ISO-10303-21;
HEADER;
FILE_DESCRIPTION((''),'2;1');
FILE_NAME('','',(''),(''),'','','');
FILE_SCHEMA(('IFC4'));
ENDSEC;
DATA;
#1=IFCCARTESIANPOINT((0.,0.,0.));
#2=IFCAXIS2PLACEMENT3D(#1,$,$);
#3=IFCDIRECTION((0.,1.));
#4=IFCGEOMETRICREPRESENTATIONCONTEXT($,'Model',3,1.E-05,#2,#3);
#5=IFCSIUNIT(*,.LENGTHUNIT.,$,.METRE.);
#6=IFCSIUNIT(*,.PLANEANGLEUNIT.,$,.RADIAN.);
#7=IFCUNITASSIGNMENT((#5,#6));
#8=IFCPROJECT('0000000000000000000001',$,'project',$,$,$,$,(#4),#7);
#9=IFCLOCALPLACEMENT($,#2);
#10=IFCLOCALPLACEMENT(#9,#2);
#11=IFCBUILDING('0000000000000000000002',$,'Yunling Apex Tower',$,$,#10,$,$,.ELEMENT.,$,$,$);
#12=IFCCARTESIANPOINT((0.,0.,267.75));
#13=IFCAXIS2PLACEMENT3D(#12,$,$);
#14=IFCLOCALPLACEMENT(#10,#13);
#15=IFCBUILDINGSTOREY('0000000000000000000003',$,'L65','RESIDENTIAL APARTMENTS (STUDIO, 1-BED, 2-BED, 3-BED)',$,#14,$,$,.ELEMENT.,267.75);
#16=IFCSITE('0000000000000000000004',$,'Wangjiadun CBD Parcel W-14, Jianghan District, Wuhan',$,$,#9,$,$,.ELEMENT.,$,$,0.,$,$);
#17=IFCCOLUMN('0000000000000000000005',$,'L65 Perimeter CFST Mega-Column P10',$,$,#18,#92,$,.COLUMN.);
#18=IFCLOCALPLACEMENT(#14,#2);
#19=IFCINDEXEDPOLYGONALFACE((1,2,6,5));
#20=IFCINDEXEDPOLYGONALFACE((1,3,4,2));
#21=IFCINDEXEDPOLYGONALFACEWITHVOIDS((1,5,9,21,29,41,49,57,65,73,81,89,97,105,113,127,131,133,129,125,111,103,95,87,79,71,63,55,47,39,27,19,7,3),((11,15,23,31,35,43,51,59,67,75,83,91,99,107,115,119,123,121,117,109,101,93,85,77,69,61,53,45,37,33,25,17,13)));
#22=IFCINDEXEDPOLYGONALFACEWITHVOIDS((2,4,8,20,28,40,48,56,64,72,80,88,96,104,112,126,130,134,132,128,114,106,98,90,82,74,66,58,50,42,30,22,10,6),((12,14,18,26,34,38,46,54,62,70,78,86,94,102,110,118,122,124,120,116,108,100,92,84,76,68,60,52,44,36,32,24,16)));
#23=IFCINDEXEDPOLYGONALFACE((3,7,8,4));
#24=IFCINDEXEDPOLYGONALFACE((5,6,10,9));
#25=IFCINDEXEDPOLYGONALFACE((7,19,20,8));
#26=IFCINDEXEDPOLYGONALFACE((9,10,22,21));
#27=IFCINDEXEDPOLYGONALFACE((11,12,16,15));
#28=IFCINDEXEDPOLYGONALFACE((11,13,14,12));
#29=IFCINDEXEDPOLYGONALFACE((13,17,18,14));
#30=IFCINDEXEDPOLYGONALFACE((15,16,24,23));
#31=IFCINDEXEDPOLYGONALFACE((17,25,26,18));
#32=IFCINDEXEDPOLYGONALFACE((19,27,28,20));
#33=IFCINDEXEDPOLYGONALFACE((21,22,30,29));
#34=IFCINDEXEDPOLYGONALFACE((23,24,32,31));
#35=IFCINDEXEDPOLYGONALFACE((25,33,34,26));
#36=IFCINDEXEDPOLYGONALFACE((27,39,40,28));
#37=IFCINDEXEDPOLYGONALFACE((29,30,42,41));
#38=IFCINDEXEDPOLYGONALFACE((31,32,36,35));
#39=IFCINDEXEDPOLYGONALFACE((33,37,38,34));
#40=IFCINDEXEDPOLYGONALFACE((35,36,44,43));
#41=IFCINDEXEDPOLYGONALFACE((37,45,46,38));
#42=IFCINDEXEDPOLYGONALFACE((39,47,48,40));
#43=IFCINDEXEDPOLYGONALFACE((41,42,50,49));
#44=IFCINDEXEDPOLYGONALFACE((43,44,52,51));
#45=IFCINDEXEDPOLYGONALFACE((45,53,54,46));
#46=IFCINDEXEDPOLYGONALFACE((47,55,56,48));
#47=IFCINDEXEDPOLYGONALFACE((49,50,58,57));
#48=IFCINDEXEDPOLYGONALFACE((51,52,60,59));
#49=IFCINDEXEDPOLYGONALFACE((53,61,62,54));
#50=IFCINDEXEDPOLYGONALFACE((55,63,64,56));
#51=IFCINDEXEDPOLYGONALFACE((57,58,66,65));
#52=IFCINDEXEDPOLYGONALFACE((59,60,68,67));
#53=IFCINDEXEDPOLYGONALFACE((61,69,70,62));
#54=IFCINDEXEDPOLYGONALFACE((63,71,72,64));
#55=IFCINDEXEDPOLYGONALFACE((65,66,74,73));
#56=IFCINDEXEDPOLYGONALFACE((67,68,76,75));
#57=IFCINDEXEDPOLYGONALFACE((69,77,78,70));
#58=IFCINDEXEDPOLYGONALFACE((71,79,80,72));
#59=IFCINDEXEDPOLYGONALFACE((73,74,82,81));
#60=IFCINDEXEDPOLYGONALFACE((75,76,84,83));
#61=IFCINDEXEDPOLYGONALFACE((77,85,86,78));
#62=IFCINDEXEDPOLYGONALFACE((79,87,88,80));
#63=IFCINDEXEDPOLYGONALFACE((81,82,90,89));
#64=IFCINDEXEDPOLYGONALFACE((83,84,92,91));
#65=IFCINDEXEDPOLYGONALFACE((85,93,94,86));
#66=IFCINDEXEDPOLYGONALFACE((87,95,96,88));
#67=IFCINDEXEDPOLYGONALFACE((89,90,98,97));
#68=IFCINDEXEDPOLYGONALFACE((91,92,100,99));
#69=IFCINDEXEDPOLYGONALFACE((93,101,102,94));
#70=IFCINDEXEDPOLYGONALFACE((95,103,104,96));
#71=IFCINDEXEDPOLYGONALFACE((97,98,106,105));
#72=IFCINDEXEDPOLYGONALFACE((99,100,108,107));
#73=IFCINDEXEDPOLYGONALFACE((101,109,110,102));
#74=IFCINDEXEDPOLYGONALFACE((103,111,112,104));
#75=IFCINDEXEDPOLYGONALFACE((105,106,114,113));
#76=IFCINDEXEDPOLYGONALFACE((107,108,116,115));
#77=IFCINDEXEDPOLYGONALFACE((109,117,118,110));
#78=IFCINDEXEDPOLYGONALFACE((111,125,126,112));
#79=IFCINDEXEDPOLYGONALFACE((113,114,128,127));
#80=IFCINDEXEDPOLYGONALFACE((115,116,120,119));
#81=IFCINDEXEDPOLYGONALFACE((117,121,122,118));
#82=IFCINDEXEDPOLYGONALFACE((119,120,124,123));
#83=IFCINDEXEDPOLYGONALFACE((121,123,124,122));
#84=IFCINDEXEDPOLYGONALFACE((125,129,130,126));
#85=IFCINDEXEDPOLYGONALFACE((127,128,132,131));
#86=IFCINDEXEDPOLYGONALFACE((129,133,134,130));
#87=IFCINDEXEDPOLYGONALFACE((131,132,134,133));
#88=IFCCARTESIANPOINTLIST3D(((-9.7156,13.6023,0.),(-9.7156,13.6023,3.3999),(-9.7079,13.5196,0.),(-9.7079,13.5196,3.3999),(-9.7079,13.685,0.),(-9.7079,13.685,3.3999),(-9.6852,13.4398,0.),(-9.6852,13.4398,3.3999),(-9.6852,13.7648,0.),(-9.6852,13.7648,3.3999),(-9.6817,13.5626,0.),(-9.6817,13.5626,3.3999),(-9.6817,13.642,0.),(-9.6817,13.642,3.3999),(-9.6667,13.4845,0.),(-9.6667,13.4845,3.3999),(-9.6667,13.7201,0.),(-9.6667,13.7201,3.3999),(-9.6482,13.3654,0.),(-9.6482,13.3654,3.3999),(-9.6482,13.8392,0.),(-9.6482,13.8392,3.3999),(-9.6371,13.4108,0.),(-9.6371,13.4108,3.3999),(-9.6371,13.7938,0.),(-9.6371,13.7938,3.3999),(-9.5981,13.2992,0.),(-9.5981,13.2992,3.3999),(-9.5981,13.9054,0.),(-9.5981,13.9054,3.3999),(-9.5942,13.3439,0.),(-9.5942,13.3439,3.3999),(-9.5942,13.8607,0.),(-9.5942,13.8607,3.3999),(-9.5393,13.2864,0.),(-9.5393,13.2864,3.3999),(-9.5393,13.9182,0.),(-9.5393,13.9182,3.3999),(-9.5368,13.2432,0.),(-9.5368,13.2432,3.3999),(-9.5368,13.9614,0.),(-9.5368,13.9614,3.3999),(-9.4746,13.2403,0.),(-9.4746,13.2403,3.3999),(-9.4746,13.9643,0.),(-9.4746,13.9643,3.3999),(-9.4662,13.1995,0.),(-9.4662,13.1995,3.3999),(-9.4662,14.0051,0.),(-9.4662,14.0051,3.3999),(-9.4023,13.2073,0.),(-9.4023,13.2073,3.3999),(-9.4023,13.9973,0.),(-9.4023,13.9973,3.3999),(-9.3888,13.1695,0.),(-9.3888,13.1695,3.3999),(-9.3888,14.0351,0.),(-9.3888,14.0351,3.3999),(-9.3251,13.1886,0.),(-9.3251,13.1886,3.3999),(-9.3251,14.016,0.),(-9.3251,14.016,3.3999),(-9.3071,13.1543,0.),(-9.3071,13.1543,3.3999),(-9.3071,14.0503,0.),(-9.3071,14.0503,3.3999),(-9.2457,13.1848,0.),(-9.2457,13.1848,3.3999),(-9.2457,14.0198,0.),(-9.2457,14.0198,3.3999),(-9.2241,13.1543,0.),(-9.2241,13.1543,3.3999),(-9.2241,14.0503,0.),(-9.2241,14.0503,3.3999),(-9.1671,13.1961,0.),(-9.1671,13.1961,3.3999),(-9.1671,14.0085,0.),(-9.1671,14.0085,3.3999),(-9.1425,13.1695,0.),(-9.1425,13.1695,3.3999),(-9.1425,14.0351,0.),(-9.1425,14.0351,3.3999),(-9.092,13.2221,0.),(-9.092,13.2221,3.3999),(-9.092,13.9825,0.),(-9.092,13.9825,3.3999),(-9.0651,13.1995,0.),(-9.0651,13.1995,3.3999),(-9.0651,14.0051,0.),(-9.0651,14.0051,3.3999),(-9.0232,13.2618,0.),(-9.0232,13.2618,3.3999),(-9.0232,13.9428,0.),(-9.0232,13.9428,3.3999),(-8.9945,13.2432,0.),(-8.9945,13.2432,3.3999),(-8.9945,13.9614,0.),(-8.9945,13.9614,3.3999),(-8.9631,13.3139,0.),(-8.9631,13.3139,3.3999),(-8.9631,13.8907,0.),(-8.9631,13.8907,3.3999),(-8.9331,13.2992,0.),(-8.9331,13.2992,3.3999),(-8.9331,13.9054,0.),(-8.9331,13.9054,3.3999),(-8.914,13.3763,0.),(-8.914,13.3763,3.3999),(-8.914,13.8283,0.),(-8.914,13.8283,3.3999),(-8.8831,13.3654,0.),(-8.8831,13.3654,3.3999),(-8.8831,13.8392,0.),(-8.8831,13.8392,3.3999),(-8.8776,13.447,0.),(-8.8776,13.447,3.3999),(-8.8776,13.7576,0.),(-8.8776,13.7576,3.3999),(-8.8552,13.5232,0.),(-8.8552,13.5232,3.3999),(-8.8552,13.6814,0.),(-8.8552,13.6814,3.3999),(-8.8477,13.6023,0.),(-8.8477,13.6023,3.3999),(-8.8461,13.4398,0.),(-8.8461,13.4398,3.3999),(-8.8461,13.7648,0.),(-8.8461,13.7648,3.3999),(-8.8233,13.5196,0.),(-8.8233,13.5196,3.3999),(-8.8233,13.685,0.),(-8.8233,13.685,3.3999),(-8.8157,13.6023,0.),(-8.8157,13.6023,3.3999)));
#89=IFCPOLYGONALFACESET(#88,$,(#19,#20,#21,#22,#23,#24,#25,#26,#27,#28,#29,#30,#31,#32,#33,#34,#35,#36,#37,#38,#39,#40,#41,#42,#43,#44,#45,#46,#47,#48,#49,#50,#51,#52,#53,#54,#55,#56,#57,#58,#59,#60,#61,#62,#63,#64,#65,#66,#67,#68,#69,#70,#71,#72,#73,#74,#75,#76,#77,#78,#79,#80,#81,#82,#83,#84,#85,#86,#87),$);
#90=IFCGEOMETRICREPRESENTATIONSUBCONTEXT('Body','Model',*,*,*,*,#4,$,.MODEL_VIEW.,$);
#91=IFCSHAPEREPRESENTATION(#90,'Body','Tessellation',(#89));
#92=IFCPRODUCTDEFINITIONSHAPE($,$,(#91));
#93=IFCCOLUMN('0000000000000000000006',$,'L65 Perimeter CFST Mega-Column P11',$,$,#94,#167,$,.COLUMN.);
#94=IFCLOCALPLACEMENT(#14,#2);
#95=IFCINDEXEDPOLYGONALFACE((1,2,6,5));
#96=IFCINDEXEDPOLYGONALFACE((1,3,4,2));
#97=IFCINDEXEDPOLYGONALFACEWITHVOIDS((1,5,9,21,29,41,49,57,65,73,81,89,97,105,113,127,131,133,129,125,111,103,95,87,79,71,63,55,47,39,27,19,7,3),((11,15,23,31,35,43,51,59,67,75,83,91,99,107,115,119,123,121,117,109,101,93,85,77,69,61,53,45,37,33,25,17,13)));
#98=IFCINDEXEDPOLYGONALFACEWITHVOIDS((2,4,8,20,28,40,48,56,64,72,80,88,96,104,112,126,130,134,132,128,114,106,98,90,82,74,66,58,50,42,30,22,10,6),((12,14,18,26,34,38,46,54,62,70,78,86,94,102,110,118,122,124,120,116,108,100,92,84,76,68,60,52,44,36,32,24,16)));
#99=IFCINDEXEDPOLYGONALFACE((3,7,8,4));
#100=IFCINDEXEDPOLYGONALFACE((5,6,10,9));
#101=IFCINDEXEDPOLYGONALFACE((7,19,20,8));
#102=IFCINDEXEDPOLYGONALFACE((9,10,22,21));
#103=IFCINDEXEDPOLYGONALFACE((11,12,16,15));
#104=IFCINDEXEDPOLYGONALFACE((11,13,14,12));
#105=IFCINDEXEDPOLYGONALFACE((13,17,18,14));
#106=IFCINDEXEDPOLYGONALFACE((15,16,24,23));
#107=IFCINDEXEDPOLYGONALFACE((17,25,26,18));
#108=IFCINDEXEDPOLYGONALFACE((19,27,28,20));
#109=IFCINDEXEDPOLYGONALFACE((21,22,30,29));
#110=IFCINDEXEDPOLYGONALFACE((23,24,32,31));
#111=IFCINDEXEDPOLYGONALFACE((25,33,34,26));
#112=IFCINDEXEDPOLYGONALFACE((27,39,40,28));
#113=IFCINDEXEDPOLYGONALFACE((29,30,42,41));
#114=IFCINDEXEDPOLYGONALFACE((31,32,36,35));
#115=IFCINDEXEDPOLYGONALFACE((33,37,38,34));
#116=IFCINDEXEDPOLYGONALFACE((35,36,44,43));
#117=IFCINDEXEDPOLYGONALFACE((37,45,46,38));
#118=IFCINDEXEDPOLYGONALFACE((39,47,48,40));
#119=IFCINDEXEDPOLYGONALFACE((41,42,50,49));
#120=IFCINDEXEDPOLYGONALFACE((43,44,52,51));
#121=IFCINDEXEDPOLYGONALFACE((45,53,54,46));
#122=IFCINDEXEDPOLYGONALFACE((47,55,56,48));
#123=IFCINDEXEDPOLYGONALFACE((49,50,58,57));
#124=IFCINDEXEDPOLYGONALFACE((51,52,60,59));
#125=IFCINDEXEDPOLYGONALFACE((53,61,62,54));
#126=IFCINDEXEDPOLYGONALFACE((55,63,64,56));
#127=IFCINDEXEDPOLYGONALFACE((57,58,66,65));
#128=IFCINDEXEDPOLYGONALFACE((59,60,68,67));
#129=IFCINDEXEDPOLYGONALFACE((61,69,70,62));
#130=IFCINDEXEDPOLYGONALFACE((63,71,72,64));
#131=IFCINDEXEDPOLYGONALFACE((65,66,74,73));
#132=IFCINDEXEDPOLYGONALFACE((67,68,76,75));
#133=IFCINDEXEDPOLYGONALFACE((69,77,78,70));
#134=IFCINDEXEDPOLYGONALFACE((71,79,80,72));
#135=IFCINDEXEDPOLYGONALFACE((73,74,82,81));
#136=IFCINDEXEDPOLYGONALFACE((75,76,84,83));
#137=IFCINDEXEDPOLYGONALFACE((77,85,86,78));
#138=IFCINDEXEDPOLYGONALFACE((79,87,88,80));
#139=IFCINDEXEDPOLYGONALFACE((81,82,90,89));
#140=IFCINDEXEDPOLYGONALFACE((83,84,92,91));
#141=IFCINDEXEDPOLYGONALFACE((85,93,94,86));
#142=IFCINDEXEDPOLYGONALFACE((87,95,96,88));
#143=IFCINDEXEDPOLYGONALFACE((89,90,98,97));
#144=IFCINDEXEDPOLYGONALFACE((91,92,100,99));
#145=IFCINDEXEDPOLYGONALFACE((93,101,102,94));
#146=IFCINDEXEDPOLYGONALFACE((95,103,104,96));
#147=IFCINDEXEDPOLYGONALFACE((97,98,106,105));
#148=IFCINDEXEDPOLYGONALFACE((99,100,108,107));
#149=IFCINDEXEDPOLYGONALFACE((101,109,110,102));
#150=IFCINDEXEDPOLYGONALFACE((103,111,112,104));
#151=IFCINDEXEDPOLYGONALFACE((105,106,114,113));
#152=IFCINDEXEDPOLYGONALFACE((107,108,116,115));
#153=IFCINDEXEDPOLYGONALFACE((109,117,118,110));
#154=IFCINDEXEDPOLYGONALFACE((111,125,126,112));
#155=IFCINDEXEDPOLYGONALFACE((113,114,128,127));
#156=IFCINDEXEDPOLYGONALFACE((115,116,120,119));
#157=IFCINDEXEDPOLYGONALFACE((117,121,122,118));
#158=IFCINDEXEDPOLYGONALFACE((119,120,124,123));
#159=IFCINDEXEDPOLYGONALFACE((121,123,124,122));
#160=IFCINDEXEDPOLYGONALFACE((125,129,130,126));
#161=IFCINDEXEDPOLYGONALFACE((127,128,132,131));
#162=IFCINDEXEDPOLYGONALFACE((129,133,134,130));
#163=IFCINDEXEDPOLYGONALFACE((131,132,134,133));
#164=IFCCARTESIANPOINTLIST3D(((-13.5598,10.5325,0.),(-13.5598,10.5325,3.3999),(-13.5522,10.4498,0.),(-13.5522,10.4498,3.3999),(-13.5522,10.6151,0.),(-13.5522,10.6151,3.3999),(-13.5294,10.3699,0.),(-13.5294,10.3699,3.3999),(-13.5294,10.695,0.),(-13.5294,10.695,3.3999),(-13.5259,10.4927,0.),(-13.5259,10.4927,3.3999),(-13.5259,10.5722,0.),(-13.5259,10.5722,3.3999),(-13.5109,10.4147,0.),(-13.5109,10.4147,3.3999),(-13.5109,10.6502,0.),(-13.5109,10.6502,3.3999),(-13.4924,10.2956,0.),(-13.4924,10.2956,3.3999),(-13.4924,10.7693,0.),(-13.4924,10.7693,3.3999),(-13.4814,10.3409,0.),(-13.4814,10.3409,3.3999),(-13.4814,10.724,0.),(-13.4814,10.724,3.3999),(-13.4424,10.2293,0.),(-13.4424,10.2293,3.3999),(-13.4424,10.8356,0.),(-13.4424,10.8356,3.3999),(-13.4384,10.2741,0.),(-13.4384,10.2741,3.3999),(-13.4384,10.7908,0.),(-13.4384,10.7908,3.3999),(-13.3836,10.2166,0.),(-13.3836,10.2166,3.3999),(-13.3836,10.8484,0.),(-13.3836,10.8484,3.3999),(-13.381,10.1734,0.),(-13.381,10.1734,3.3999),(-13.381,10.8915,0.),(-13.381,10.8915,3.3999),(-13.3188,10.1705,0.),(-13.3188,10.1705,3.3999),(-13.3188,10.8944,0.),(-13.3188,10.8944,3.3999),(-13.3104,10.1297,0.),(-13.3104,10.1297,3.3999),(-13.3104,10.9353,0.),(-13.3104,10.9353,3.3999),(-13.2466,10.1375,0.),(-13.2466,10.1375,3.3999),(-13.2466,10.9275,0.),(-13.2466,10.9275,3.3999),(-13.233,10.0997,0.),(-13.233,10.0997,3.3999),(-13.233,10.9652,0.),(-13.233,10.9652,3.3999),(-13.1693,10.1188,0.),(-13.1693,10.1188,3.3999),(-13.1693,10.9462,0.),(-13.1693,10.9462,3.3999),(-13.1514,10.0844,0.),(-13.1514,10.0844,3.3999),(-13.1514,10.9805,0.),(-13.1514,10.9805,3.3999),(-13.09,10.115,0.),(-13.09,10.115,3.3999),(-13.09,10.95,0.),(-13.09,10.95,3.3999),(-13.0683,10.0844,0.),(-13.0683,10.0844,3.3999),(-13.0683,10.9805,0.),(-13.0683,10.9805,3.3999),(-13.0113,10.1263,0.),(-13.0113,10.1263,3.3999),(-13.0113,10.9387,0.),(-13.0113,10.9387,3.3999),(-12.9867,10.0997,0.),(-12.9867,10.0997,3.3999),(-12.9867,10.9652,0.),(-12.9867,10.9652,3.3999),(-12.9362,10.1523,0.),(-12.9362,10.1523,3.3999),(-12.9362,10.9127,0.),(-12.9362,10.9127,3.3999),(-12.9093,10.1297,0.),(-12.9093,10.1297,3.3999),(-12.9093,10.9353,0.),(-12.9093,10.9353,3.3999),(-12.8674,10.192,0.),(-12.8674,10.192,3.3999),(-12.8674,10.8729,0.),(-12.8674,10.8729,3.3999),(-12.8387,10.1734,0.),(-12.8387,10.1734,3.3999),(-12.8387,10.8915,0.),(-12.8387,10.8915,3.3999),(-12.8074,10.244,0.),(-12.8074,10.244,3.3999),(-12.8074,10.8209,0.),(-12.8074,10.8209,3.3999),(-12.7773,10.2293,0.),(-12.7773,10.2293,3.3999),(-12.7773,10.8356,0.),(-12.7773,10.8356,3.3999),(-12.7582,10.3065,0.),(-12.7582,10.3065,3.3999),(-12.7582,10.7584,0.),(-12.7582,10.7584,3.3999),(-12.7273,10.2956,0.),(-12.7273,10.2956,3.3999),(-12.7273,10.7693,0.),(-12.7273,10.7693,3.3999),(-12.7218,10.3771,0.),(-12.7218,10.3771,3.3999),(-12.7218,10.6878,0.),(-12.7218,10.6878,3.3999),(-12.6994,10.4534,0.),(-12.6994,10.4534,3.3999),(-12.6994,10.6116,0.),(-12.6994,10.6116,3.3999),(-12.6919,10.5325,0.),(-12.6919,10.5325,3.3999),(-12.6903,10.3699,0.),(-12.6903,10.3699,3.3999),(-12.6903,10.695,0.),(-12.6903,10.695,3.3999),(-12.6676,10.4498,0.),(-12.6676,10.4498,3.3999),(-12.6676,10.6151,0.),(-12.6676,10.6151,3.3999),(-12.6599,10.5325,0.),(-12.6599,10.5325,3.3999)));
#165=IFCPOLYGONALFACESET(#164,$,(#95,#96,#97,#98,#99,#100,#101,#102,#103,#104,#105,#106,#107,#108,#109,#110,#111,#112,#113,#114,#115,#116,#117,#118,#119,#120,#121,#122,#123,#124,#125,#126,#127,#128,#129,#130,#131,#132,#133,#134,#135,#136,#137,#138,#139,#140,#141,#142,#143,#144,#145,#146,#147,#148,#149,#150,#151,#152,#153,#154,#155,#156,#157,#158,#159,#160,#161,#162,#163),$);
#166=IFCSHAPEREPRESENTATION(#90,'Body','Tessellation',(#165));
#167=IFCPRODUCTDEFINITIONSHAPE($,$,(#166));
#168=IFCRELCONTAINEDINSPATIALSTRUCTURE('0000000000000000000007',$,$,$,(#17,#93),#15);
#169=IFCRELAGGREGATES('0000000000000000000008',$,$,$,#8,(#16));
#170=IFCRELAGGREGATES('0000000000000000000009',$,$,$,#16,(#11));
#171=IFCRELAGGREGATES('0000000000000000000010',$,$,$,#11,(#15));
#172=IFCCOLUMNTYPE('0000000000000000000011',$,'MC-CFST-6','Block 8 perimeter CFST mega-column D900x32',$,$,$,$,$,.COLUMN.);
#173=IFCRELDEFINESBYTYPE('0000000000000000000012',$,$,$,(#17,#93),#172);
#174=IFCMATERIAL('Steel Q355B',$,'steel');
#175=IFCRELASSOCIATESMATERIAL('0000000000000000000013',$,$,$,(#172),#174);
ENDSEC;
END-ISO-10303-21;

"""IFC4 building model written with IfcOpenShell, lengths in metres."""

from ifc_helpers import new_model, si_unit, direction, frame, origin, origin_2d, place, context, subcontext, project, spatial, hollow_circle, extrude, source, transform, mapped, material, material_profile, profile_set, type_object, element, save


model = new_model("IFC4")

# Units and contexts
model_context = context("Model", 3, precision=1e-05, world=origin(), true_north=direction((0.0, 1.0)))
body_context = subcontext(model_context, "Body", "Model", "MODEL_VIEW")
ifc_project = project(units=[si_unit("LENGTHUNIT", "METRE"), si_unit("PLANEANGLEUNIT", "RADIAN")], contexts=[model_context])

# Site, building, storey
site_placement = place(None, origin())
site = spatial("IfcSite", under=ifc_project, at=site_placement, Name="Wangjiadun CBD Parcel W-14, Jianghan District, Wuhan", CompositionType="ELEMENT", RefElevation=0.0)
building_placement = place(site_placement, origin())
building = spatial("IfcBuilding", under=site, at=building_placement, Name="Yunling Apex Tower", CompositionType="ELEMENT")
storey_placement = place(building_placement, frame((0.0, 0.0, 267.75)))
storey = spatial("IfcBuildingStorey", under=building, at=storey_placement, Name="L65", Description="RESIDENTIAL APARTMENTS (STUDIO, 1-BED, 2-BED, 3-BED)", CompositionType="ELEMENT", Elevation=267.75)

# Columns
ifc_material_1 = material(Name="Steel Q355B", Category="steel")
ifc_material_profile_1 = material_profile(ifc_material_1, hollow_circle(Radius=0.45, WallThickness=0.032, at=origin_2d()))
ifc_profile_set_1 = profile_set([ifc_material_profile_1], Name="Steel Q355B")
column_type = type_object("IfcColumnType", Name="MC-CFST-6", Description="Block 8 perimeter CFST mega-column D900x32", PredefinedType="COLUMN", material=ifc_profile_set_1)
shared_shape_1 = source(origin(), body_context, "Body", "SweptSolid", [
    extrude(hollow_circle(Radius=0.45, WallThickness=0.032, at=origin_2d()), origin(), (0.0, 0.0, 1.0), 3.3999),
])
for number, where, z_axis, x_axis, name in (
    (1, (-9.2656, 13.6023, 0.0), (0.0, 0.0, 1.0), (1.0, 0.0, 0.0), "L65 Perimeter CFST Mega-Column P10"),
    (2, (-13.1099, 10.5325, 0.0), (0.0, 0.0, 1.0), (1.0, 0.0, 0.0), "L65 Perimeter CFST Mega-Column P11"),
):
    element("IfcColumn", number, at=place(storey_placement, frame(where, z_axis=z_axis, x_axis=x_axis)), inside=storey, type_object=column_type, Name=name, PredefinedType="COLUMN", context=body_context, shape_type="MappedRepresentation", body=[
        mapped(shared_shape_1, transform((0.0, 0.0, 0.0), scale=1.0)),
    ])

save(model, "model.ifc")
